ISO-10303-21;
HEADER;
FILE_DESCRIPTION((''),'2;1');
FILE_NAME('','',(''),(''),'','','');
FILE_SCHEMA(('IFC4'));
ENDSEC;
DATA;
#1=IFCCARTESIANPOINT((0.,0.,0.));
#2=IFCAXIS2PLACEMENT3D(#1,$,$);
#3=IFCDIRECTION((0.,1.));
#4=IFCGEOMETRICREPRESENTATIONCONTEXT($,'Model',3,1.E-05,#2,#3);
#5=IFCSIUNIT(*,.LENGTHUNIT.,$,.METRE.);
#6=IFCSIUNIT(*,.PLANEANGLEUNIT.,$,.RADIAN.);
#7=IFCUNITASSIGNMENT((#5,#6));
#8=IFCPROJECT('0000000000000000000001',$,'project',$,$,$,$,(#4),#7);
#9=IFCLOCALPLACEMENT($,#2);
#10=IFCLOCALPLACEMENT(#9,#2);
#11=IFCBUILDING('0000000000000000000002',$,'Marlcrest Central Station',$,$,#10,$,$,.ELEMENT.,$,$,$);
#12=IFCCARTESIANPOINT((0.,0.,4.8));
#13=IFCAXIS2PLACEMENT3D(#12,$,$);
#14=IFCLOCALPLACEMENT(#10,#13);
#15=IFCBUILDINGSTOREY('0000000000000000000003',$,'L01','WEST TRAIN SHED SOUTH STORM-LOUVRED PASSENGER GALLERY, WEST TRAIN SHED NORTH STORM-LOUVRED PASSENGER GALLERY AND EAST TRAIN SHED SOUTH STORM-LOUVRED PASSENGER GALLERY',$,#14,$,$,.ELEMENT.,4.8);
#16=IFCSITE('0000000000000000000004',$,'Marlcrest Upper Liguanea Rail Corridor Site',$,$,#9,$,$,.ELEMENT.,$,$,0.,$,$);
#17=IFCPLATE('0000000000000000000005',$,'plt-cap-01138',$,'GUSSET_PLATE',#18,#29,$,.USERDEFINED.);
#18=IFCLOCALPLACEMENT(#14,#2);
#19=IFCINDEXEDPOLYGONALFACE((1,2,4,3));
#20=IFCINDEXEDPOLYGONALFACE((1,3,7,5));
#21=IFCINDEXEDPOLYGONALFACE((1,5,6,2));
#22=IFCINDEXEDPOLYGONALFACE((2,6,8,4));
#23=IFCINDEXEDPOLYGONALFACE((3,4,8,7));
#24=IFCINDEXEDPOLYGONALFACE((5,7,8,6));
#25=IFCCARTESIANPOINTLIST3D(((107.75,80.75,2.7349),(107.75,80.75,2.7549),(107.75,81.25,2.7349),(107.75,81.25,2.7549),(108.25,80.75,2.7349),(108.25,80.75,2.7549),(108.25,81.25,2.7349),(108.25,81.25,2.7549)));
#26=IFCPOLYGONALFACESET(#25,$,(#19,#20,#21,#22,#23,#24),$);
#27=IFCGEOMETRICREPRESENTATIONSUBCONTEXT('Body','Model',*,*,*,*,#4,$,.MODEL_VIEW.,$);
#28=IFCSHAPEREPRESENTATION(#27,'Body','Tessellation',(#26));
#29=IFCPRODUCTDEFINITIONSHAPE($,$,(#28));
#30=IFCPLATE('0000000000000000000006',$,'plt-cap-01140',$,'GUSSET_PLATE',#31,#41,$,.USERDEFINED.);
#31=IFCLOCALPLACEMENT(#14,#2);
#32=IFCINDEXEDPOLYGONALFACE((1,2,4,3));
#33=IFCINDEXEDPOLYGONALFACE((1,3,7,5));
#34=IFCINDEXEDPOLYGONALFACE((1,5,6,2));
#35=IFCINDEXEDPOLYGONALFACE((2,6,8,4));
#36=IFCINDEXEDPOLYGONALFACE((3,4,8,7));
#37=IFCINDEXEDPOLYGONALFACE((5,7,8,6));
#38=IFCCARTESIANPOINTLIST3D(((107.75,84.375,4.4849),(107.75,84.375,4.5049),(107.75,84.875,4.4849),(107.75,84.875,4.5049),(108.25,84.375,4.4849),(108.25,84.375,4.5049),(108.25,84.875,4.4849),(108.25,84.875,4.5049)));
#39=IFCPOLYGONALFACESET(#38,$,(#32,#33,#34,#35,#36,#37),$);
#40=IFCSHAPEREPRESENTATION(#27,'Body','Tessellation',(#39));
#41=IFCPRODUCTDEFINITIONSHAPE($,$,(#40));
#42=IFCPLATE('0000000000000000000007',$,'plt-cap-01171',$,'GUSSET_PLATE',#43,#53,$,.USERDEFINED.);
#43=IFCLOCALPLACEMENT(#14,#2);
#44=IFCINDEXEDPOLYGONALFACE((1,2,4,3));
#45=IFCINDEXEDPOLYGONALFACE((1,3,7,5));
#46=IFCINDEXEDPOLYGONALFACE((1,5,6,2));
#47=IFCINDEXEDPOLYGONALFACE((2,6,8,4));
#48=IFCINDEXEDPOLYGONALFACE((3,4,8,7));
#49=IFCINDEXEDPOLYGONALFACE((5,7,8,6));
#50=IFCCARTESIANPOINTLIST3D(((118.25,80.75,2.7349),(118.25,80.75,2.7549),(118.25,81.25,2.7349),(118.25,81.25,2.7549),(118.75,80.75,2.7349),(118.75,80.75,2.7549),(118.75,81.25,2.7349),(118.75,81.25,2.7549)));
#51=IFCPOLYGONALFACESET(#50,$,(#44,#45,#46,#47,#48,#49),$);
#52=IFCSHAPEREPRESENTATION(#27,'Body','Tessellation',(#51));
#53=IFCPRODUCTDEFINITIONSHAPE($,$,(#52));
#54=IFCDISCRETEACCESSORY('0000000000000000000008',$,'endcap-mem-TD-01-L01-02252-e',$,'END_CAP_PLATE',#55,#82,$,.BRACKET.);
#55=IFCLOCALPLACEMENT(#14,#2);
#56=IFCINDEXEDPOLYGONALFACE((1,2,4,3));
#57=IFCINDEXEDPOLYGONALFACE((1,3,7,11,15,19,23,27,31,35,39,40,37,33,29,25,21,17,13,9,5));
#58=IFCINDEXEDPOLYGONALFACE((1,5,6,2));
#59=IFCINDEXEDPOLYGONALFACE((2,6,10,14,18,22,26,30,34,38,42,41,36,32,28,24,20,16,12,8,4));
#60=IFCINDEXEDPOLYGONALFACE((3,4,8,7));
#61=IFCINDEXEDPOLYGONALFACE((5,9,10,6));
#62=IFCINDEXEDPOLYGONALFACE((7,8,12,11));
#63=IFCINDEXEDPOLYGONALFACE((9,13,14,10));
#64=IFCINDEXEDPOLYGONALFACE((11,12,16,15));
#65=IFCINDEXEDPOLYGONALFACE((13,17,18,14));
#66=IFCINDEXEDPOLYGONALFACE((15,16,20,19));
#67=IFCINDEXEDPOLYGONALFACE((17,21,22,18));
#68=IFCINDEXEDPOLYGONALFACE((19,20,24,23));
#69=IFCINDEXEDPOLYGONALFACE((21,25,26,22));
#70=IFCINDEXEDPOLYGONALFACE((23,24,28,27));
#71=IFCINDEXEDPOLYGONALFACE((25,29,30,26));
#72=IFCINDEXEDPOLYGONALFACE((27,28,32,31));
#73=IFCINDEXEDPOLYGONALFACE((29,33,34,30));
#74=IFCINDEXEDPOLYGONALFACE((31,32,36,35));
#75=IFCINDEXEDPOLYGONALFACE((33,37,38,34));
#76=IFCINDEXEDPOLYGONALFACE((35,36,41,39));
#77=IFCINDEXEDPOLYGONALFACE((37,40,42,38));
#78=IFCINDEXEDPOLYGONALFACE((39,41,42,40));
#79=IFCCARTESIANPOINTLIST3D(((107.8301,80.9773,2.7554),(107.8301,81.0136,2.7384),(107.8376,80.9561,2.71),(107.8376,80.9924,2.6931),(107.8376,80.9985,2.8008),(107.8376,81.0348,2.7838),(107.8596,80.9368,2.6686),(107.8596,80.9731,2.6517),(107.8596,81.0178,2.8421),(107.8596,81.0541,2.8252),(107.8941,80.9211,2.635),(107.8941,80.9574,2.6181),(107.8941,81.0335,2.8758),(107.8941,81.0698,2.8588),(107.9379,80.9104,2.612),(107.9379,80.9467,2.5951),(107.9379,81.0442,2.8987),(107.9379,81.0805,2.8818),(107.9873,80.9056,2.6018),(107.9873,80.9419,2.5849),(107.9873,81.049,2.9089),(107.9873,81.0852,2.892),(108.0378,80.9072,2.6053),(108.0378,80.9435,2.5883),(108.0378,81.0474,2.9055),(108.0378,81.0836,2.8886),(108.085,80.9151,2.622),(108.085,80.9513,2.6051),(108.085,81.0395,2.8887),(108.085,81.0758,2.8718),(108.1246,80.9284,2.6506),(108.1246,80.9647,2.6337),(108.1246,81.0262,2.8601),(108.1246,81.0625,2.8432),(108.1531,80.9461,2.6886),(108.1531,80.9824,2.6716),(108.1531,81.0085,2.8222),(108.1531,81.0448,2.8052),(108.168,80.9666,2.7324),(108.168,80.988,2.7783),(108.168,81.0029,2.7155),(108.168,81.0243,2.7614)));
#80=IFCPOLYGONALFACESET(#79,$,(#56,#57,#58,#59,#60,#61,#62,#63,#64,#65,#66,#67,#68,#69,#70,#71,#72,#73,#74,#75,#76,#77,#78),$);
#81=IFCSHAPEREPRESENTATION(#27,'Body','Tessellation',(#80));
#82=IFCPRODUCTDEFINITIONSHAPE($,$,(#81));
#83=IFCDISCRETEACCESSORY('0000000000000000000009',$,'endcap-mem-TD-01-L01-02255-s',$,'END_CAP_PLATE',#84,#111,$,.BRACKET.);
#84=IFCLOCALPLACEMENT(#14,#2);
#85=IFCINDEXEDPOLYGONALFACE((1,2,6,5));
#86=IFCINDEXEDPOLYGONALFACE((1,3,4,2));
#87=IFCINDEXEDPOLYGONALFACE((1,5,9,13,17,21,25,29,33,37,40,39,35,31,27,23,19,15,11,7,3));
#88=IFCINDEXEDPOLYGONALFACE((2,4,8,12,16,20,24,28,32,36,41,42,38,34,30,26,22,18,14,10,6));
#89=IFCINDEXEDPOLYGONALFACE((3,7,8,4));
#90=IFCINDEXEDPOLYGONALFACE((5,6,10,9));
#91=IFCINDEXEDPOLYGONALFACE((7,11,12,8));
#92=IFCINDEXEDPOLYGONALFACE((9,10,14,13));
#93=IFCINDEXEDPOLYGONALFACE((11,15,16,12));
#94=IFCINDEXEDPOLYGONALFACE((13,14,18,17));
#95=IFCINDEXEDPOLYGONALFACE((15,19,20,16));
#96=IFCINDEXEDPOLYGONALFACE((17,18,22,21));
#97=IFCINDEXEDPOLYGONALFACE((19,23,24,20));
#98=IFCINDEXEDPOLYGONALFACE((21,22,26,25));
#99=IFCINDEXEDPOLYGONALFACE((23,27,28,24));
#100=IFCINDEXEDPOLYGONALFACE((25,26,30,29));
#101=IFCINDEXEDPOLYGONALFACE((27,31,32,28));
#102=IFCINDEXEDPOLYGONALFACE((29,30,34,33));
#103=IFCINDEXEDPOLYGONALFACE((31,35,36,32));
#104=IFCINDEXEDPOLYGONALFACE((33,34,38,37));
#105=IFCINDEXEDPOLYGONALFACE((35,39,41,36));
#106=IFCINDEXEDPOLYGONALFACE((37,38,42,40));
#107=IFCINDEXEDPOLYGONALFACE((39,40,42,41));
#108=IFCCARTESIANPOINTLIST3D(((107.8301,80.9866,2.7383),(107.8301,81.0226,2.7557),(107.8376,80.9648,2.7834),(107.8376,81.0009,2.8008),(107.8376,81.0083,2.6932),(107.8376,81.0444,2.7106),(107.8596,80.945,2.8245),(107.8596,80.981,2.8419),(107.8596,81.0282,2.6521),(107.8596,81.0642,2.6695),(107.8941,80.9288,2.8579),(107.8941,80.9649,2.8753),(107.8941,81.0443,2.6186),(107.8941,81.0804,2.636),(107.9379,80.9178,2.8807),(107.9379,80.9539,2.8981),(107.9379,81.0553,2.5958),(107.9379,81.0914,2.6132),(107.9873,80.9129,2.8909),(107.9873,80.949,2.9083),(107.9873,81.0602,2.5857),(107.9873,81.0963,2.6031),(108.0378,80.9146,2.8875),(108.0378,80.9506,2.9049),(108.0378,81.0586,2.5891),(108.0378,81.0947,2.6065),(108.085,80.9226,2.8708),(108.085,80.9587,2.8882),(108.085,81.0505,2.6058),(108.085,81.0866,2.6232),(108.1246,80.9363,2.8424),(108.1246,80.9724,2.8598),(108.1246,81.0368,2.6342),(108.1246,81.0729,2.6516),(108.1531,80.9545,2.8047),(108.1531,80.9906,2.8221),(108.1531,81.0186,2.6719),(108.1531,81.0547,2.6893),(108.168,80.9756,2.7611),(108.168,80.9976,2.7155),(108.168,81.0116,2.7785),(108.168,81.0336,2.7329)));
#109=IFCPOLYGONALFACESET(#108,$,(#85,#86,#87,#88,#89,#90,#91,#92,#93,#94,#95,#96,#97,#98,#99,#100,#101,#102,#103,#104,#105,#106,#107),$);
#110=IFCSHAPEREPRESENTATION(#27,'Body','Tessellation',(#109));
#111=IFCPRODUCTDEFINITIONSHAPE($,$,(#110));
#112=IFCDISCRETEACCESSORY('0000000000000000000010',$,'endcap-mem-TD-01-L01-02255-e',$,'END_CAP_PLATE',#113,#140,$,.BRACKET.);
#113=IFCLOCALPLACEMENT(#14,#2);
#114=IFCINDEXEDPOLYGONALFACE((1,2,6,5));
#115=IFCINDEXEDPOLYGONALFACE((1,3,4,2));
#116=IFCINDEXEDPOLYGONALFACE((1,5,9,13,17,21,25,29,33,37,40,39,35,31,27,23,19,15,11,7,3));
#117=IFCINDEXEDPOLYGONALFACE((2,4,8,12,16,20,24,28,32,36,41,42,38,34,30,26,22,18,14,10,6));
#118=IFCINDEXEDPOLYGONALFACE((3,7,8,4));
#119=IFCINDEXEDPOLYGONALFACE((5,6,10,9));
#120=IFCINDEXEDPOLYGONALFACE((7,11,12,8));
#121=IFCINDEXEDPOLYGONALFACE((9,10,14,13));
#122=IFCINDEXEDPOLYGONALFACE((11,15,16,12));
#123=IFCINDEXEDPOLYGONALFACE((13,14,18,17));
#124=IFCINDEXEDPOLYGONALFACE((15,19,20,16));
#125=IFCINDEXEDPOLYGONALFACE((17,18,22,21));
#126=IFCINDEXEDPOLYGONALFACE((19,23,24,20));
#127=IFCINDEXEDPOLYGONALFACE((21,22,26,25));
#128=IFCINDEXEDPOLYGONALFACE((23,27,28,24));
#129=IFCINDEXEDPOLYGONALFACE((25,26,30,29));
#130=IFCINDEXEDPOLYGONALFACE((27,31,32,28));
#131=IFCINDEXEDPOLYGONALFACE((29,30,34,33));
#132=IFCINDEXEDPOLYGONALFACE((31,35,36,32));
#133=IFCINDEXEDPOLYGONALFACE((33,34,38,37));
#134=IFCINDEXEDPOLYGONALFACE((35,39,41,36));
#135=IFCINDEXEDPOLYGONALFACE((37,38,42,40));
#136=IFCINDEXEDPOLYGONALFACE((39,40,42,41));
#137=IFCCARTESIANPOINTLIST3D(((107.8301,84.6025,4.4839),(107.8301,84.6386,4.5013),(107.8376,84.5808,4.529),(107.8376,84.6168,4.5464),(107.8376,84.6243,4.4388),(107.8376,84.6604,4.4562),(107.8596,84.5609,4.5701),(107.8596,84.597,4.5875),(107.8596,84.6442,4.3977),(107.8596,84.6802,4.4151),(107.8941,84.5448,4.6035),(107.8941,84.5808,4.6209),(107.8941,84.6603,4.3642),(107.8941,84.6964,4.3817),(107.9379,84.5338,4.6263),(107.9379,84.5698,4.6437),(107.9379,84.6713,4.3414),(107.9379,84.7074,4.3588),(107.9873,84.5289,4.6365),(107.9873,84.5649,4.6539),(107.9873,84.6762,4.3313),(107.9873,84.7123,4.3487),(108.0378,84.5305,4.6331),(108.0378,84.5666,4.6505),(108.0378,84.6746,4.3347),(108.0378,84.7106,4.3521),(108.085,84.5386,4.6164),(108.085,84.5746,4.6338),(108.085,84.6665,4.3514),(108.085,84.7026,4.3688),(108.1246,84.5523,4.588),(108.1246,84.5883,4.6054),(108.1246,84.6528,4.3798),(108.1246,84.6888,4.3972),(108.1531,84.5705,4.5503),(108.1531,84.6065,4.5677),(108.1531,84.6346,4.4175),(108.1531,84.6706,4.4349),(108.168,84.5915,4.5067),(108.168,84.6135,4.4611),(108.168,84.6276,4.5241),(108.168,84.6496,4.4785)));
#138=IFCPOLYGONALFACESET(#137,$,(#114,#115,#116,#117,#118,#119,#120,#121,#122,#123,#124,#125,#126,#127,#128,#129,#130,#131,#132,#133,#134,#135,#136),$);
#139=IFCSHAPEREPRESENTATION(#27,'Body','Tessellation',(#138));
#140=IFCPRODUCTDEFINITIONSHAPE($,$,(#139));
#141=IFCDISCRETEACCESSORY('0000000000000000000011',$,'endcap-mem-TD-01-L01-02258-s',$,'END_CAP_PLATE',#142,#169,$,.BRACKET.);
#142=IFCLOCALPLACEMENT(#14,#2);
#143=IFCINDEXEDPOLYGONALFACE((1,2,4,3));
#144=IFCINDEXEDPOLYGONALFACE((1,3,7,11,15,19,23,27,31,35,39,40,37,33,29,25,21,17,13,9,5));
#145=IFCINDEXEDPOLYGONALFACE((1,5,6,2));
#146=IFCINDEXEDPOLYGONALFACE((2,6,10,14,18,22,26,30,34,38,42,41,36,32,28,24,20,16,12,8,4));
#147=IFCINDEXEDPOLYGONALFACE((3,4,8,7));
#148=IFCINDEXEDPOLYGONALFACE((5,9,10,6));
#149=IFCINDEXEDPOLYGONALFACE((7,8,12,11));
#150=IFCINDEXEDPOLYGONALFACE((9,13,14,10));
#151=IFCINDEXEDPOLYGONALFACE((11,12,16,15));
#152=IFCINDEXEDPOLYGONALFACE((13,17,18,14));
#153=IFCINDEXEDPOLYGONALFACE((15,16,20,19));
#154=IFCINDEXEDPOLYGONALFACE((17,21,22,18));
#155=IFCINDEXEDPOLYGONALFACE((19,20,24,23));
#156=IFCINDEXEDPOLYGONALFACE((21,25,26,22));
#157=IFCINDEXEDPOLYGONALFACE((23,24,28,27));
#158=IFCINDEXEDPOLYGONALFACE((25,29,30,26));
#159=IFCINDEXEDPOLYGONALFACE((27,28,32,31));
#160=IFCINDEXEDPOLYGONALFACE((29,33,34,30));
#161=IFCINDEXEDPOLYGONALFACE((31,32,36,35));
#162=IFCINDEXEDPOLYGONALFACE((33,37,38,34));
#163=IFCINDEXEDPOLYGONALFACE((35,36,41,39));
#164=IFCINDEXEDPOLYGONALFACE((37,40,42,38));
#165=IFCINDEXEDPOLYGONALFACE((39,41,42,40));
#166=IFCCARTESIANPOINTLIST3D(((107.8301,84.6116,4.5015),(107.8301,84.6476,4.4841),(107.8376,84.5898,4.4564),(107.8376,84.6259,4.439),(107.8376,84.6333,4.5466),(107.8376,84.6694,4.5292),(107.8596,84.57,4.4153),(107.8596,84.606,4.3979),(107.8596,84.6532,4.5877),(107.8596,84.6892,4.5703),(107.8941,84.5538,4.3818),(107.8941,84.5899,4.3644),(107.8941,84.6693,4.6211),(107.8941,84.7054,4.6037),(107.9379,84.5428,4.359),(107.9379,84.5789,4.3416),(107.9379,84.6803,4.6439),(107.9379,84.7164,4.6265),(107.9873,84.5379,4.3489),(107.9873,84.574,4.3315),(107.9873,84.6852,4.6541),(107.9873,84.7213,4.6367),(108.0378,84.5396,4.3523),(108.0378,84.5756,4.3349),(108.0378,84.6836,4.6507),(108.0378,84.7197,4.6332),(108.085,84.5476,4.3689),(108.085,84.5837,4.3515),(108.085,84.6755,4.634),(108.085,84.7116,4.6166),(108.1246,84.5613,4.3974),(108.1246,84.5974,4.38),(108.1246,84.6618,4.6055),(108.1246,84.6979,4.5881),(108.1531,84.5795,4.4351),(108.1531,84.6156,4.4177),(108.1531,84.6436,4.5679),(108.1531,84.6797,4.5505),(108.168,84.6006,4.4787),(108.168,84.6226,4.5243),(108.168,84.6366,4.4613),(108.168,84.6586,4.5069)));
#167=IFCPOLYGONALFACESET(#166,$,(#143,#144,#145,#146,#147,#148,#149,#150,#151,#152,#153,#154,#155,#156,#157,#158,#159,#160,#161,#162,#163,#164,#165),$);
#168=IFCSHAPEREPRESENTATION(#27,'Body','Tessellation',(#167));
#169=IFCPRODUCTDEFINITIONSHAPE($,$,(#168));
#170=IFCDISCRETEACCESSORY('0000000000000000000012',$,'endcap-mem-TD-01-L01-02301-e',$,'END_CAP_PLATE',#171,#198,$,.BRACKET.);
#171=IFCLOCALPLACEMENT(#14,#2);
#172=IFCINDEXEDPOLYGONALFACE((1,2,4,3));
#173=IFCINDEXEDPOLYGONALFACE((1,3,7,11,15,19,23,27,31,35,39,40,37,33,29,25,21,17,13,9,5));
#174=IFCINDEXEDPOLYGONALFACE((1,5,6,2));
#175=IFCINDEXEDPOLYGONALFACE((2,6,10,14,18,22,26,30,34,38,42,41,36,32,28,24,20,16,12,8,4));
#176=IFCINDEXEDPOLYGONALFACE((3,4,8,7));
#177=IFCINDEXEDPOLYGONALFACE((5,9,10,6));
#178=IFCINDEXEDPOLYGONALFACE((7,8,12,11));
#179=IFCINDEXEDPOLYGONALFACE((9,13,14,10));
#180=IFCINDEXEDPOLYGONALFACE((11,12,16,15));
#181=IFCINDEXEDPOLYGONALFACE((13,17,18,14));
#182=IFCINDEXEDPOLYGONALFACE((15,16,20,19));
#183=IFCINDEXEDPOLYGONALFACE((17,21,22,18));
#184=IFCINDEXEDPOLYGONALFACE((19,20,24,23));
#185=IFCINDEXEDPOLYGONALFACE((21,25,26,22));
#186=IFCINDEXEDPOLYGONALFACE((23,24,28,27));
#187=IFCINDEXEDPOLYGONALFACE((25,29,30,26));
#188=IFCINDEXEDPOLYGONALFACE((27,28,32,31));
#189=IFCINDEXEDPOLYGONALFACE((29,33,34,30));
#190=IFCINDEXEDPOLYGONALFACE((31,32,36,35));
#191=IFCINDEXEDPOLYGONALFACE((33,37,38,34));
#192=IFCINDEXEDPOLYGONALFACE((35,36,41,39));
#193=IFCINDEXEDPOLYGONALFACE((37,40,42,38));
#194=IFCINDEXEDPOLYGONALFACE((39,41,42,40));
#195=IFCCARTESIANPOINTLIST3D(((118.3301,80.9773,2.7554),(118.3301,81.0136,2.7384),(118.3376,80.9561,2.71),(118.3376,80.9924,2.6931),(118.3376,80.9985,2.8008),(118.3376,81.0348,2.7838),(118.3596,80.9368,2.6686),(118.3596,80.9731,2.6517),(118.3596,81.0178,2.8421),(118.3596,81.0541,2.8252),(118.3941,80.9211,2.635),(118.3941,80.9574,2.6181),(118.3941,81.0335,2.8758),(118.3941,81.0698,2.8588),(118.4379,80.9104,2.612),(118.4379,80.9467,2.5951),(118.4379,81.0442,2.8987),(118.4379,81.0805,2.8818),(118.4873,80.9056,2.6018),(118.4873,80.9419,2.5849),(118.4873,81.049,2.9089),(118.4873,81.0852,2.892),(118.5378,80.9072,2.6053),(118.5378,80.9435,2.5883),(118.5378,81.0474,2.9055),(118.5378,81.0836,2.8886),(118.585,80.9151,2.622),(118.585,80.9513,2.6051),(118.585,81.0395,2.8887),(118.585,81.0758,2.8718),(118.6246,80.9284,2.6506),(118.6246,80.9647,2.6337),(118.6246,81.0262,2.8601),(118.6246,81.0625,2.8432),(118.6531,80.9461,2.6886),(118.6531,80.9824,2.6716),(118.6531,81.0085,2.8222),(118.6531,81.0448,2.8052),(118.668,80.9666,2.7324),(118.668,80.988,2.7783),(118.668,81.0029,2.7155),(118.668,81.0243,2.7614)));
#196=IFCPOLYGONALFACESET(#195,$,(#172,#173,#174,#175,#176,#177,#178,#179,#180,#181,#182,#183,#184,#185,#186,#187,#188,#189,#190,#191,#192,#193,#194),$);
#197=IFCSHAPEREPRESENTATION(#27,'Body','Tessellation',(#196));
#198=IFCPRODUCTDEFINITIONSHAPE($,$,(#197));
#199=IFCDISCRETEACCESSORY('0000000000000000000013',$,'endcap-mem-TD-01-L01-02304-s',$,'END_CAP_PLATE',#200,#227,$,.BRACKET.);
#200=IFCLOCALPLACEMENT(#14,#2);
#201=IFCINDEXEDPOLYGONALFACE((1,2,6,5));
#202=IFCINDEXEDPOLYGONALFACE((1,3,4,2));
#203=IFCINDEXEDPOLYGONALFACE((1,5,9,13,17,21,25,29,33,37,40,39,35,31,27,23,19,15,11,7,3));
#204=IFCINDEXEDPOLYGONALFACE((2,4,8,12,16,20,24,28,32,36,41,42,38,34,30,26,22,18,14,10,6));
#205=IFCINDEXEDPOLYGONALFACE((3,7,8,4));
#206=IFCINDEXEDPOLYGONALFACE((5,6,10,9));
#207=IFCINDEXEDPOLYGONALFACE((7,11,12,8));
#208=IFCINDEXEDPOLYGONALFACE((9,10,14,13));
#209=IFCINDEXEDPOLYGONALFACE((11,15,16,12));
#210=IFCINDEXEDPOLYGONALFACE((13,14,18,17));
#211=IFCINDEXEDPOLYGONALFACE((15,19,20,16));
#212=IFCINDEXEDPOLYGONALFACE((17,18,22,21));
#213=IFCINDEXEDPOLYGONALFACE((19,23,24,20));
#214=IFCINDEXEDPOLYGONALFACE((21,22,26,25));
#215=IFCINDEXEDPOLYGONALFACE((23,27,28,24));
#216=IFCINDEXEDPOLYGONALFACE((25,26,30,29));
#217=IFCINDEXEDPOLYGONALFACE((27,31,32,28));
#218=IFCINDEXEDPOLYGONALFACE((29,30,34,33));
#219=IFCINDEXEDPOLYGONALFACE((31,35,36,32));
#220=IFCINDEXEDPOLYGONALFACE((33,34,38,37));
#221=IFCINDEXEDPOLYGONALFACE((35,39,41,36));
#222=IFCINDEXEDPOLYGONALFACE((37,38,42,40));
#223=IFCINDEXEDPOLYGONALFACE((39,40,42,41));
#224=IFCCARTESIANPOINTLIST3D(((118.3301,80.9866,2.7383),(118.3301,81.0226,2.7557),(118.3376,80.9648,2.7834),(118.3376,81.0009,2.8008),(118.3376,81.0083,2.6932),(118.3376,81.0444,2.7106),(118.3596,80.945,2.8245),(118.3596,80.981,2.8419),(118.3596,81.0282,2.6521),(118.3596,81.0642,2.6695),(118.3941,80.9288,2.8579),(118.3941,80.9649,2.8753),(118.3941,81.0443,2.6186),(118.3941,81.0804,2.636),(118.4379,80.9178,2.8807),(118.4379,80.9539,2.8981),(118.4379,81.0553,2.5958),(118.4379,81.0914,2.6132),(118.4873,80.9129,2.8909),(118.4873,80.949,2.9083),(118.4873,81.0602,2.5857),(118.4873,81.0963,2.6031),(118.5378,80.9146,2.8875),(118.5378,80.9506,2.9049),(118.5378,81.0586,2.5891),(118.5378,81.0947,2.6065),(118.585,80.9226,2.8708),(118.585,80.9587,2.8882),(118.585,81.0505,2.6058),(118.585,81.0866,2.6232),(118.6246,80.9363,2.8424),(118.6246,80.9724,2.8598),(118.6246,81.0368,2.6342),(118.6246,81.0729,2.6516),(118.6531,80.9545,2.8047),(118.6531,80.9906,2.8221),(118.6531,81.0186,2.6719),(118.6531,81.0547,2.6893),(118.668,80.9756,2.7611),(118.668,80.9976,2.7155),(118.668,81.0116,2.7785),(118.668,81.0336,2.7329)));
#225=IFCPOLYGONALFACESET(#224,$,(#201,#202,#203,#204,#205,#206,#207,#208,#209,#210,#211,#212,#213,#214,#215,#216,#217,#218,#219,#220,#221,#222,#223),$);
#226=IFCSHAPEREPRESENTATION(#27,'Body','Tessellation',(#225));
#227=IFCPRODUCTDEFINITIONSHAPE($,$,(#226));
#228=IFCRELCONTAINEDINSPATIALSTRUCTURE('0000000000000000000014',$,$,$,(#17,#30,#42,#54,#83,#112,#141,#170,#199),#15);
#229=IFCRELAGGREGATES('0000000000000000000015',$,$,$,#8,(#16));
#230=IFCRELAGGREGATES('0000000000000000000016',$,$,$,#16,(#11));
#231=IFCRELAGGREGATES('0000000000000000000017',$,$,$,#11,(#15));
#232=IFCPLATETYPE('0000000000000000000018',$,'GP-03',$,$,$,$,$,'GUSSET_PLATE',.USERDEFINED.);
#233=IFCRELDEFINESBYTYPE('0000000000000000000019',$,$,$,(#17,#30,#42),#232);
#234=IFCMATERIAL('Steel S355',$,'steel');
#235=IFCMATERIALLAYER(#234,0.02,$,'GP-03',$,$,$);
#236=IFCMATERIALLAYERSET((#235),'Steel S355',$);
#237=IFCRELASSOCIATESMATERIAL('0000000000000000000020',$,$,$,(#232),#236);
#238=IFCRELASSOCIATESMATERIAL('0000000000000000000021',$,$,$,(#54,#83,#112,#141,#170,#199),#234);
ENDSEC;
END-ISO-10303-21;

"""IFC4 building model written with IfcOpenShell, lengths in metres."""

from ifc_helpers import new_model, si_unit, direction, frame, origin, origin_2d, place, context, subcontext, project, spatial, rectangle, circle, extrude, material, layer, layer_set, type_object, element, save


model = new_model("IFC4")

# Units and contexts
model_context = context("Model", 3, precision=1e-05, world=origin(), true_north=direction((0.0, 1.0)))
body_context = subcontext(model_context, "Body", "Model", "MODEL_VIEW")
ifc_project = project(units=[si_unit("LENGTHUNIT", "METRE"), si_unit("PLANEANGLEUNIT", "RADIAN")], contexts=[model_context])

# Site, building, storey
site_placement = place(None, origin())
site = spatial("IfcSite", under=ifc_project, at=site_placement, Name="Marlcrest Upper Liguanea Rail Corridor Site", CompositionType="ELEMENT", RefElevation=0.0)
building_placement = place(site_placement, origin())
building = spatial("IfcBuilding", under=site, at=building_placement, Name="Marlcrest Central Station", CompositionType="ELEMENT")
storey_placement = place(building_placement, frame((0.0, 0.0, 4.8)))
storey = spatial("IfcBuildingStorey", under=building, at=storey_placement, Name="L01", Description="WEST TRAIN SHED SOUTH STORM-LOUVRED PASSENGER GALLERY, WEST TRAIN SHED NORTH STORM-LOUVRED PASSENGER GALLERY AND EAST TRAIN SHED SOUTH STORM-LOUVRED PASSENGER GALLERY", CompositionType="ELEMENT", Elevation=4.8)

# Shared definitions
ifc_material = material(Name="Steel S355", Category="steel")

# Plates
ifc_layer_1 = layer(ifc_material, 0.02, Name="GP-03")
ifc_layer_set_1 = layer_set([ifc_layer_1], Name="Steel S355")
plate_type_1 = type_object("IfcPlateType", Name="GP-03", ElementType="GUSSET_PLATE", PredefinedType="USERDEFINED", material=ifc_layer_set_1)
for number, where, z_axis, x_axis, name in (
    (1, (108.0, 81.0, 2.7349), (0.0, 0.0, 1.0), (1.0, 0.0, 0.0), "plt-cap-01138"),
    (2, (108.0, 84.625, 4.4849), (0.0, 0.0, 1.0), (1.0, 0.0, 0.0), "plt-cap-01140"),
    (3, (118.5, 81.0, 2.7349), (0.0, 0.0, 1.0), (1.0, 0.0, 0.0), "plt-cap-01171"),
):
    element("IfcPlate", number, at=place(storey_placement, frame(where, z_axis=z_axis, x_axis=x_axis)), inside=storey, type_object=plate_type_1, Name=name, ObjectType="GUSSET_PLATE", PredefinedType="USERDEFINED", context=body_context, shape_type="SweptSolid", body=[
        extrude(rectangle(XDim=0.5, YDim=0.5, at=origin_2d()), origin(), (0.0, 0.0, 1.0), 0.02),
    ])

# Discrete accessories
for number, where, z_axis, x_axis, name in (
    (4, (108.0, 80.9773, 2.7554), (0.0, 0.906183, -0.422885), (-1.0, 0.0, 0.0), "endcap-mem-TD-01-L01-02252-e"),
    (5, (108.0, 80.9866, 2.7383), (0.0, 0.900552, 0.434749), (-1.0, 0.0, 0.0), "endcap-mem-TD-01-L01-02255-s"),
    (6, (108.0, 84.6025, 4.4839), (0.0, 0.900552, 0.434749), (-1.0, 0.0, 0.0), "endcap-mem-TD-01-L01-02255-e"),
    (7, (108.0, 84.6116, 4.5015), (0.0, 0.900552, -0.434749), (-1.0, 0.0, 0.0), "endcap-mem-TD-01-L01-02258-s"),
    (8, (118.5, 80.9773, 2.7554), (0.0, 0.906183, -0.422885), (-1.0, 0.0, 0.0), "endcap-mem-TD-01-L01-02301-e"),
    (9, (118.5, 80.9866, 2.7383), (0.0, 0.900552, 0.434749), (-1.0, 0.0, 0.0), "endcap-mem-TD-01-L01-02304-s"),
):
    element("IfcDiscreteAccessory", number, at=place(storey_placement, frame(where, z_axis=z_axis, x_axis=x_axis)), inside=storey, material=ifc_material, Name=name, ObjectType="END_CAP_PLATE", PredefinedType="BRACKET", context=body_context, shape_type="SweptSolid", body=[
        extrude(circle(Radius=0.1699, at=origin_2d()), origin(), (0.0, 0.0, 1.0), 0.04),
    ])

save(model, "model.ifc")
